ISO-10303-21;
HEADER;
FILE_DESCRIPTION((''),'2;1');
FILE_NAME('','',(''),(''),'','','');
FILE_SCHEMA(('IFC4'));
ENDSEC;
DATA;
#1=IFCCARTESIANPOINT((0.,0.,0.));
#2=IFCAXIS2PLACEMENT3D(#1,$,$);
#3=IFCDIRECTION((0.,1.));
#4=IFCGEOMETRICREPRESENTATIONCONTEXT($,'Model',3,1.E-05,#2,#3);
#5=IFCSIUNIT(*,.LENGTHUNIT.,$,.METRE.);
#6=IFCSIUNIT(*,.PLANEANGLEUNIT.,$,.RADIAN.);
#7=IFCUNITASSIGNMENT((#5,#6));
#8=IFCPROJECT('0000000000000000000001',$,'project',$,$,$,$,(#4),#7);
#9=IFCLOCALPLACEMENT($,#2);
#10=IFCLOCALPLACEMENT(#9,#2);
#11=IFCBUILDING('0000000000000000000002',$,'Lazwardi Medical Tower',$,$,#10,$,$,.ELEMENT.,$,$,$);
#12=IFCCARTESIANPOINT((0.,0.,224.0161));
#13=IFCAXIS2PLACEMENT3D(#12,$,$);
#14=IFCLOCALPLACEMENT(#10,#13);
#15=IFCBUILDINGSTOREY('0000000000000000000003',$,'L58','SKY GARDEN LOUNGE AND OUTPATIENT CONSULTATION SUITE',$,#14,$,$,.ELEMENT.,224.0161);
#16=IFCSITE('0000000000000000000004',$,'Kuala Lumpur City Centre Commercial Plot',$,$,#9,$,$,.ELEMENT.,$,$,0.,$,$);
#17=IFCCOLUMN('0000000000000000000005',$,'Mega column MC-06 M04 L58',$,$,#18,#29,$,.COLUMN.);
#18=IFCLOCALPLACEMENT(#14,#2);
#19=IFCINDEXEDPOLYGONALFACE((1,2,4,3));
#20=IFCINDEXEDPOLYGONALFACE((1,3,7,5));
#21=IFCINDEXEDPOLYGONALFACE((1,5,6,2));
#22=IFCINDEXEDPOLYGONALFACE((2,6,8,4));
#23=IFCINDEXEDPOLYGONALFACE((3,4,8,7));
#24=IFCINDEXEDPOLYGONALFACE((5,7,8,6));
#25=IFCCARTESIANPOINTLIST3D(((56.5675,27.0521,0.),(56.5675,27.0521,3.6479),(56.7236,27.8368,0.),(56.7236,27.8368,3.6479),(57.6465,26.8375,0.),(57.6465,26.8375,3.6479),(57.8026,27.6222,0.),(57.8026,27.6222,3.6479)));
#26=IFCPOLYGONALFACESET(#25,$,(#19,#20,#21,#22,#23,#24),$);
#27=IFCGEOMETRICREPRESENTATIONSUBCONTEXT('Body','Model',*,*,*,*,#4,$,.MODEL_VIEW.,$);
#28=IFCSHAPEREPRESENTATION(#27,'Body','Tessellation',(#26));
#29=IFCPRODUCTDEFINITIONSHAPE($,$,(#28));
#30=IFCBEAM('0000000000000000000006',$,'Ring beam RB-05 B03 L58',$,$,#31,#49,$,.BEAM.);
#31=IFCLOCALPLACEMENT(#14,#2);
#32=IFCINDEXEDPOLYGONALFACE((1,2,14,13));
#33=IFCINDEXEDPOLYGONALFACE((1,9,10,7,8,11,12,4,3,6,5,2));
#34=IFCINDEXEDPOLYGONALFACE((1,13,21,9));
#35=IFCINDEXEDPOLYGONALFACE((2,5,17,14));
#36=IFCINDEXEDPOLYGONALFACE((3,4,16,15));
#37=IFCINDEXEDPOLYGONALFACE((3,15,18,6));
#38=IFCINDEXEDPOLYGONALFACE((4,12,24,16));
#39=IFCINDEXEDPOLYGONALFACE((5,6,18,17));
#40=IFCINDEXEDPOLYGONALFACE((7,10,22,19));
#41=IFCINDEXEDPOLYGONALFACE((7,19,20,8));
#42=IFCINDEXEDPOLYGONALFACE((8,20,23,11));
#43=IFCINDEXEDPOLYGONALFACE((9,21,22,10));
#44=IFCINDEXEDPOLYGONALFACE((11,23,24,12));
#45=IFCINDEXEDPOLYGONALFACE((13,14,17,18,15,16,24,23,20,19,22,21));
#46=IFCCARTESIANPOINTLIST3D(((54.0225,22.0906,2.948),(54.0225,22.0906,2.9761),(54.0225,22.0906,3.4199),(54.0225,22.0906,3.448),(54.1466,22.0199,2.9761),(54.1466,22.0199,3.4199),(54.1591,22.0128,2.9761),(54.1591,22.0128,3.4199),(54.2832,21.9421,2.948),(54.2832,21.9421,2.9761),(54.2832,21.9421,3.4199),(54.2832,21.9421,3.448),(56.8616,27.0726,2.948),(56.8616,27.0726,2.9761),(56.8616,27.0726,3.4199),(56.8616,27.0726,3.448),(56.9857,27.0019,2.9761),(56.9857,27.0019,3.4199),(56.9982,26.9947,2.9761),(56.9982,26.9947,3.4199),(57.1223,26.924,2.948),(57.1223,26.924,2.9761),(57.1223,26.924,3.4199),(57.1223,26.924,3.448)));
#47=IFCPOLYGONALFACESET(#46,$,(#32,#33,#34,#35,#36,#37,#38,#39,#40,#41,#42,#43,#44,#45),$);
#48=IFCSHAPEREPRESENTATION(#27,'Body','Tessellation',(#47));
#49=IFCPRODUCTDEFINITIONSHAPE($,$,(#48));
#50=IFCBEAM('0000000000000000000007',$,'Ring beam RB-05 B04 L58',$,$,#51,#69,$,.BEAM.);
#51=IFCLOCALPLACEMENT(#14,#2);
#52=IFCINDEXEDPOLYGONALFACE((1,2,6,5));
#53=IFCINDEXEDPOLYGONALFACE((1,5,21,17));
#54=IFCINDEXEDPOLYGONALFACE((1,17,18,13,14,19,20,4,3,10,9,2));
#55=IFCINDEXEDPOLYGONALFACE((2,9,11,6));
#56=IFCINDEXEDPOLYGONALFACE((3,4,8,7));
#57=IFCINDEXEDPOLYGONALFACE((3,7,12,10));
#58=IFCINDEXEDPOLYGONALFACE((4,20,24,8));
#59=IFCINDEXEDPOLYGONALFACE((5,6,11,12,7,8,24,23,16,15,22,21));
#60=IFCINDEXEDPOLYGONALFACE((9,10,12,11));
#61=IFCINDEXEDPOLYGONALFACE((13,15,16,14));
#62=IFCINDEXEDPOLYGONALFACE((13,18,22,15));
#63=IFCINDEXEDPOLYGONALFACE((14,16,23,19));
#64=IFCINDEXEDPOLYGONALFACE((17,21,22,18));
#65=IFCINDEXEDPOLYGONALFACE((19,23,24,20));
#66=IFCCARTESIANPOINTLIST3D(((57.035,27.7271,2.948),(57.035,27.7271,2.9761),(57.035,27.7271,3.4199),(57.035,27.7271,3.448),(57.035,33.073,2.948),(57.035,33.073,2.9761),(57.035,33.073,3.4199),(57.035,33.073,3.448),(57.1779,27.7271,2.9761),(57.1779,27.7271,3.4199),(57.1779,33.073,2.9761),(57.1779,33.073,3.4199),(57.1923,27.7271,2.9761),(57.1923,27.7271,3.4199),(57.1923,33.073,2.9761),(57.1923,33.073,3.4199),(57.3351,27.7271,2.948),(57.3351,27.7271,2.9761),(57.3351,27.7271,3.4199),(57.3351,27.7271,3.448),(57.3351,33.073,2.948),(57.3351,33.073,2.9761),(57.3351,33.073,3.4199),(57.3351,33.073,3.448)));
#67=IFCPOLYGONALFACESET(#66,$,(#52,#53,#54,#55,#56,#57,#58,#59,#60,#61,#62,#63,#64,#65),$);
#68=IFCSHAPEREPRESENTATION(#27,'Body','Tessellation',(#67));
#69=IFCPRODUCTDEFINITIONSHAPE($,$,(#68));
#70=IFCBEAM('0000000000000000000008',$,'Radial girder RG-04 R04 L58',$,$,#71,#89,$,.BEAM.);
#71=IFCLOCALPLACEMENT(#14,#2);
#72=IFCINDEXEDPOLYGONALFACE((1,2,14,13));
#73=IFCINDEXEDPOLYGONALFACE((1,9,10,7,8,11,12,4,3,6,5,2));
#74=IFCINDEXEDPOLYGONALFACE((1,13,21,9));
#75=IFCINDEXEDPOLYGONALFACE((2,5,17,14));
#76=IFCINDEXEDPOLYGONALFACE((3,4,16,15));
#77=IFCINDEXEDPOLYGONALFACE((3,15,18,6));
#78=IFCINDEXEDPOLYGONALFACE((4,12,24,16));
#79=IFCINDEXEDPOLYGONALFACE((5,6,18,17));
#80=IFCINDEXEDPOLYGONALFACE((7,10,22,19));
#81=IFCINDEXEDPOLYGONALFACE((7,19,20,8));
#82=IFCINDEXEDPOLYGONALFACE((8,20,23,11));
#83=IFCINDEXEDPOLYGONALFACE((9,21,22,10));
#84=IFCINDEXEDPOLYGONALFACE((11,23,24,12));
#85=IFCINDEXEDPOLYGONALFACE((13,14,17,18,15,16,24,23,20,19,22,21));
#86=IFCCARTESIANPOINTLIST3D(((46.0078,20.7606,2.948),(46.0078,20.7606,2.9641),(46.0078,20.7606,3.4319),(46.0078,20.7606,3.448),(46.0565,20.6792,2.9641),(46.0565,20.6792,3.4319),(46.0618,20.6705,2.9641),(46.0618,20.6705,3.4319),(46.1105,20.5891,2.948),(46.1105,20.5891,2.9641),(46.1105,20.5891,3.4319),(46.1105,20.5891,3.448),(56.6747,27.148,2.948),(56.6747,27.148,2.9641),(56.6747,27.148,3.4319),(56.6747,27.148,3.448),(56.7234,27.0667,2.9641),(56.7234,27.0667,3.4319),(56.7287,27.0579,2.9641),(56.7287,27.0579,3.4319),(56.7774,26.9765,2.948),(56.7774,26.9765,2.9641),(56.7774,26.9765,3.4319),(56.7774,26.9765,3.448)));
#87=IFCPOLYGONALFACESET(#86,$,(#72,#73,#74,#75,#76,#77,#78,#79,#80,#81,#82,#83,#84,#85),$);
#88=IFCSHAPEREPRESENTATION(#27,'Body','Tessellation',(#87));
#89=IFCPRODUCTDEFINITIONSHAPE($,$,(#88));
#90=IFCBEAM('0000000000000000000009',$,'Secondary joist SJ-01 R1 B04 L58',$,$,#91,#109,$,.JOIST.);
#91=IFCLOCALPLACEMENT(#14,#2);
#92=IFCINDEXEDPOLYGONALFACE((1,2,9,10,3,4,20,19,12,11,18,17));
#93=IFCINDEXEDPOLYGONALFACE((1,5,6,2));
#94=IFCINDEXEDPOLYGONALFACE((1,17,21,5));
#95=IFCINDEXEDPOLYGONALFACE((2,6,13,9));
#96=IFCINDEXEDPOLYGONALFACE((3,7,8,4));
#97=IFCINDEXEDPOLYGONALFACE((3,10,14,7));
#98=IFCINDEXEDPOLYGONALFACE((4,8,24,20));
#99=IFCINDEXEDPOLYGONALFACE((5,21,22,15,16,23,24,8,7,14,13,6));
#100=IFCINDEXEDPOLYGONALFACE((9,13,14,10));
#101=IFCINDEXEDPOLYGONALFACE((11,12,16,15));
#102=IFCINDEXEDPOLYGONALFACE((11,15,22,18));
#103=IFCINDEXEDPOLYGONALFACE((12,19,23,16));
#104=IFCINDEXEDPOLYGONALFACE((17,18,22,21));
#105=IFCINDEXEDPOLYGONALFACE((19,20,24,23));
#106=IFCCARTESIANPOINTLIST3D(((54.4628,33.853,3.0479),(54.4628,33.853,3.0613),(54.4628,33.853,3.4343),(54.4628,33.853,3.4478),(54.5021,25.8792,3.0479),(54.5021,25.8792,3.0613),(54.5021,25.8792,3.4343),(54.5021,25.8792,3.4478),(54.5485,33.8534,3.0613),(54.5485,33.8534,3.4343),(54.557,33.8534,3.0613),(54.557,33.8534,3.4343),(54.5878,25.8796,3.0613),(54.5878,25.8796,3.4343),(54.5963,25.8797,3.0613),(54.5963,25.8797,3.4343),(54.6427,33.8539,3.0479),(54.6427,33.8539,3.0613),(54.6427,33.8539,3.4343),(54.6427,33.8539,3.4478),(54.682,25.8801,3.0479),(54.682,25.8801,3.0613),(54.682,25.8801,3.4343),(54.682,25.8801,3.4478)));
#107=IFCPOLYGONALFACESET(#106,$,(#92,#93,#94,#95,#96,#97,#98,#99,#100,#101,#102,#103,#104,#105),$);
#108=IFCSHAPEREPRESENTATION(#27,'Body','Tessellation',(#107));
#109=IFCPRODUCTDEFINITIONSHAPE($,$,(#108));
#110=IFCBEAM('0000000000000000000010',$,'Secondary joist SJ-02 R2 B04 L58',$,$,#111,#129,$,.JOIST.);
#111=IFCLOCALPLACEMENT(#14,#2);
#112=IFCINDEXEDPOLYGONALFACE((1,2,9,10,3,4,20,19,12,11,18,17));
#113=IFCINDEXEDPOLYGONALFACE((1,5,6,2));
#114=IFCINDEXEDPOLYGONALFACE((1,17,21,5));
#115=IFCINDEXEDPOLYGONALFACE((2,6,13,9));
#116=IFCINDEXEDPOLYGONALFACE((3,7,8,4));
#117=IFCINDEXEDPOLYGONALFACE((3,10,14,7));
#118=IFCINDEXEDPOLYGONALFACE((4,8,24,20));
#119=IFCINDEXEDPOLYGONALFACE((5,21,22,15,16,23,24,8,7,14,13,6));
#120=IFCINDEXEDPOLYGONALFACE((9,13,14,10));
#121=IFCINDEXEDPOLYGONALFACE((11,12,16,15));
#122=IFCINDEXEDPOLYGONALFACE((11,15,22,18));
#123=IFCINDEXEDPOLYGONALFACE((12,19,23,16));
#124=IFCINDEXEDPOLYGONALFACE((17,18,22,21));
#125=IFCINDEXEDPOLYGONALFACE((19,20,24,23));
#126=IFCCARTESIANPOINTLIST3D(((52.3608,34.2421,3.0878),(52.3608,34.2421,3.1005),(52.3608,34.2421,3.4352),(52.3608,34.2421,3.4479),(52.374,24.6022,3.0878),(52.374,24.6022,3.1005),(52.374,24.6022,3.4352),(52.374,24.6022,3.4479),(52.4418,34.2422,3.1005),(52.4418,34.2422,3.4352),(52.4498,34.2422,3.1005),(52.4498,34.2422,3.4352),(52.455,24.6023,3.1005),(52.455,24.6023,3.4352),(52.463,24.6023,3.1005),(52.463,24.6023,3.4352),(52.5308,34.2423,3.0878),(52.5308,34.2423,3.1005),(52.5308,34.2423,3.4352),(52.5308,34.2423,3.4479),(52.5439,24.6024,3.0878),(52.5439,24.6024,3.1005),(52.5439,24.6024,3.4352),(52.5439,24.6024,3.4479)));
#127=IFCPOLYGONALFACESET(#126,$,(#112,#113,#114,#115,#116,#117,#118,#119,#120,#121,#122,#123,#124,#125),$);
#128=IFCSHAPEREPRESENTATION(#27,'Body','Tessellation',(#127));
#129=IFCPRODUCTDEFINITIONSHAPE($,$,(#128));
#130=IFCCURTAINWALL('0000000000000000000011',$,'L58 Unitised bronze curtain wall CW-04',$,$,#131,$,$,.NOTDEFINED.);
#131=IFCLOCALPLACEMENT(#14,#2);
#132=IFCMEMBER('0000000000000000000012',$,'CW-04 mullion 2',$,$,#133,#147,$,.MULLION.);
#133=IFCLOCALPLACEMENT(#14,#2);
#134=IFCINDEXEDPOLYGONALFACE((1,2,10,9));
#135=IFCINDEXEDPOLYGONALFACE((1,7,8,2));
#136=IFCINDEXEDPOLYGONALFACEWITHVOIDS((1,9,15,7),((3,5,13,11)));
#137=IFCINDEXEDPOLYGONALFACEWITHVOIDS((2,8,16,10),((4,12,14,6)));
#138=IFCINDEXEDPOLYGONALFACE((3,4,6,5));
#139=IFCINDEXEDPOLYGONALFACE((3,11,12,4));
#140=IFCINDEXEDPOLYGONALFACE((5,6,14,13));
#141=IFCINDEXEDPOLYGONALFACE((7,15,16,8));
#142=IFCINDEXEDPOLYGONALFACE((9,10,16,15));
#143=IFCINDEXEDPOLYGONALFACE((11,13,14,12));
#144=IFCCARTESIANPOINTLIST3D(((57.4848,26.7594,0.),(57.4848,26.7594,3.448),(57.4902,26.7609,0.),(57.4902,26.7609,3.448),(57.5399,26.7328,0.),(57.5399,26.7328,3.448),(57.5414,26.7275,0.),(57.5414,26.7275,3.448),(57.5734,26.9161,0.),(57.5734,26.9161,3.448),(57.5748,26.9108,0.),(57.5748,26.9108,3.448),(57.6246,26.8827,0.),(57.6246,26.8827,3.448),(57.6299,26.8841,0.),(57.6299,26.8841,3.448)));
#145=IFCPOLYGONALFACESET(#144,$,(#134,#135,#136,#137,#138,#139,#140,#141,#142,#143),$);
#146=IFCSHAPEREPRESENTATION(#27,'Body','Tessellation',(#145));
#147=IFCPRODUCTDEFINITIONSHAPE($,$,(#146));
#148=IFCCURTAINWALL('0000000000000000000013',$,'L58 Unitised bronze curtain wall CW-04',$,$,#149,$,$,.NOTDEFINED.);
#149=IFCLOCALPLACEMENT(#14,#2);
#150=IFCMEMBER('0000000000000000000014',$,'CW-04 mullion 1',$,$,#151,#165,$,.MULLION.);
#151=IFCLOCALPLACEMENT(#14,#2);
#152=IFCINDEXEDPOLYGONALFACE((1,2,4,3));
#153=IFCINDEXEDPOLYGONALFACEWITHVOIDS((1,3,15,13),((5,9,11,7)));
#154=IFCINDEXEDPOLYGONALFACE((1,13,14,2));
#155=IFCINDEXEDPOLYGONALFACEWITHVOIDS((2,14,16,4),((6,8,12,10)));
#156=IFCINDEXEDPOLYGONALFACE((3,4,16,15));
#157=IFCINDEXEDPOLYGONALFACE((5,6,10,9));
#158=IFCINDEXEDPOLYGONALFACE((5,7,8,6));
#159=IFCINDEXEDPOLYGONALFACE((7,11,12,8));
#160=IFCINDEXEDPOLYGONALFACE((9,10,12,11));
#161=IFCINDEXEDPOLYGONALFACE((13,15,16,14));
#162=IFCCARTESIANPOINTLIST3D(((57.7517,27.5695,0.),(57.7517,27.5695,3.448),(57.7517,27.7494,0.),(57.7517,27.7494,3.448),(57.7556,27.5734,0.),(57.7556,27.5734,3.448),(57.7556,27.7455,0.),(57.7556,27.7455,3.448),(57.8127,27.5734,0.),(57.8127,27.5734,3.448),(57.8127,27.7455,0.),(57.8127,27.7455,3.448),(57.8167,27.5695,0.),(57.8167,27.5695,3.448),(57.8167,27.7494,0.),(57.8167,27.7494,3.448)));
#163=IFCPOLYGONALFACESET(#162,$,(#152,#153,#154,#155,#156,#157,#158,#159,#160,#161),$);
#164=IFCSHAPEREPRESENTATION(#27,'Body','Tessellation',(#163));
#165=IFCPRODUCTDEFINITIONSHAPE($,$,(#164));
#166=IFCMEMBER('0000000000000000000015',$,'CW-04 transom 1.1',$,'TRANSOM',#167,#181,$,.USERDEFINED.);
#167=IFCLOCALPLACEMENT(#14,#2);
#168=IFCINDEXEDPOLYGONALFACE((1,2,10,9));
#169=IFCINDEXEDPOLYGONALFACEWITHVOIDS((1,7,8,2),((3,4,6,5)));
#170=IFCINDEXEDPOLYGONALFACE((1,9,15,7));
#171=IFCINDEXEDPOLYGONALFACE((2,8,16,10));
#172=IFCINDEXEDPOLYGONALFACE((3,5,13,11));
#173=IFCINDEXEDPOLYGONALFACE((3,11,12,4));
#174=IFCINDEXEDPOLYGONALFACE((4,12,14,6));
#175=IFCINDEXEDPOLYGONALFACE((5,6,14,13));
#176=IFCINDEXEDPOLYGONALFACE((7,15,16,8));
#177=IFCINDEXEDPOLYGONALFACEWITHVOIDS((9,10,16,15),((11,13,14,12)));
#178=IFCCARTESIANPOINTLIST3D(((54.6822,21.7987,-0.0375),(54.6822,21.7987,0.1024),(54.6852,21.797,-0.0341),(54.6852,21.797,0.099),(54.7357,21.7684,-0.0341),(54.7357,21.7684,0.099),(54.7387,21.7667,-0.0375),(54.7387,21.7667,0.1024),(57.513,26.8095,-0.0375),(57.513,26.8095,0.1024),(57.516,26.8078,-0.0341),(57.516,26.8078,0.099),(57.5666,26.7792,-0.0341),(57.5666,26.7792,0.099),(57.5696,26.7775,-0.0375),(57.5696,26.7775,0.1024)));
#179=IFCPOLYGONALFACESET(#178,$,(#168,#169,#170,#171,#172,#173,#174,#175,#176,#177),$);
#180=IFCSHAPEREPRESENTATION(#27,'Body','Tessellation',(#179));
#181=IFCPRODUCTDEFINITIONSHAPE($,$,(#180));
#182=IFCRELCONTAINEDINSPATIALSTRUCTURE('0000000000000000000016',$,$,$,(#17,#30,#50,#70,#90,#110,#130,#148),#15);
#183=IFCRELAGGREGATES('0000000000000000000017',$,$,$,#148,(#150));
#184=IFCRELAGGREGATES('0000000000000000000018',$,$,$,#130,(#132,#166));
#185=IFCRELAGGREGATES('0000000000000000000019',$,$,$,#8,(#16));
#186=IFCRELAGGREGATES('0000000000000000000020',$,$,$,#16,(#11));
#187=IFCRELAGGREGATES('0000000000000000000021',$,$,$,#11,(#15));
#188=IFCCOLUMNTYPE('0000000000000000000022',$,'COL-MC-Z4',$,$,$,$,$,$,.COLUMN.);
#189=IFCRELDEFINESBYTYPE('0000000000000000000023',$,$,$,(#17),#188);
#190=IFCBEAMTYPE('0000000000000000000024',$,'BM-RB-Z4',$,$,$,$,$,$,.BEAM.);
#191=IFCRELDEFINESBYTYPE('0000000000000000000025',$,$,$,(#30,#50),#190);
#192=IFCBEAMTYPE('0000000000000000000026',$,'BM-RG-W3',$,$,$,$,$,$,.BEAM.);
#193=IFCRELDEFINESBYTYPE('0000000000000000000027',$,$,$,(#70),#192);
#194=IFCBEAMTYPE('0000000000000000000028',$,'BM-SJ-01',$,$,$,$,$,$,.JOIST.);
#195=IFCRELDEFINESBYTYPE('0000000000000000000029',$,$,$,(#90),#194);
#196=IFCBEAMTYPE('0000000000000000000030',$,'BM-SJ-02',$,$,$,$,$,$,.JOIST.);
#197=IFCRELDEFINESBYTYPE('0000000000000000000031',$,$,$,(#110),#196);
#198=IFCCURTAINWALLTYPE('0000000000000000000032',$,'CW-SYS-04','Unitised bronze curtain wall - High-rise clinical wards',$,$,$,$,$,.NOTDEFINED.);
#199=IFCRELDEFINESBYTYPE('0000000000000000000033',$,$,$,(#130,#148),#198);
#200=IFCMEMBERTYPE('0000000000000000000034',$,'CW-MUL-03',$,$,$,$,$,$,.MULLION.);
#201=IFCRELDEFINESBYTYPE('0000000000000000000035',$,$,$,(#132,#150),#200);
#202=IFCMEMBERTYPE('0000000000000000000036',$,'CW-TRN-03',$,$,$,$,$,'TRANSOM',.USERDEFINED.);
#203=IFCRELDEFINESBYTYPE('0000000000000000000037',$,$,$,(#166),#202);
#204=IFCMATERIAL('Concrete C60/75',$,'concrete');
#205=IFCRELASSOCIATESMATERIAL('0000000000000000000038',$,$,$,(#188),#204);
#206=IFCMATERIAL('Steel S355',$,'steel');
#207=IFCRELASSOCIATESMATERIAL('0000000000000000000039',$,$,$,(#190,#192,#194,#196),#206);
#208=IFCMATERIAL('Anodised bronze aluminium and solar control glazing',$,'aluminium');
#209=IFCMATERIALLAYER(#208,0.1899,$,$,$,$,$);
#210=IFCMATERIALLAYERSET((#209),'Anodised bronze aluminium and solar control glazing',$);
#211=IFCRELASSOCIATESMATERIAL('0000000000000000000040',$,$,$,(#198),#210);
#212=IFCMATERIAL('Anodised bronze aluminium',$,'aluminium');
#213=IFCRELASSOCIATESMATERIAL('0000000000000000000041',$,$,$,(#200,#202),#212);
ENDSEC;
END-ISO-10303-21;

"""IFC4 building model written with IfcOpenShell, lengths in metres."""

from ifc_helpers import new_model, si_unit, direction, frame, origin, origin_2d, place, context, subcontext, project, spatial, rectangle, hollow_rectangle, i_section, extrude, material, layer, layer_set, material_profile, profile_set, type_object, element, aggregate, save


model = new_model("IFC4")

# Units and contexts
model_context = context("Model", 3, precision=1e-05, world=origin(), true_north=direction((0.0, 1.0)))
body_context = subcontext(model_context, "Body", "Model", "MODEL_VIEW")
ifc_project = project(units=[si_unit("LENGTHUNIT", "METRE"), si_unit("PLANEANGLEUNIT", "RADIAN")], contexts=[model_context])

# Site, building, storey
site_placement = place(None, origin())
site = spatial("IfcSite", under=ifc_project, at=site_placement, Name="Kuala Lumpur City Centre Commercial Plot", CompositionType="ELEMENT", RefElevation=0.0)
building_placement = place(site_placement, origin())
building = spatial("IfcBuilding", under=site, at=building_placement, Name="Lazwardi Medical Tower", CompositionType="ELEMENT")
storey_placement = place(building_placement, frame((0.0, 0.0, 224.0161)))
storey = spatial("IfcBuildingStorey", under=building, at=storey_placement, Name="L58", Description="SKY GARDEN LOUNGE AND OUTPATIENT CONSULTATION SUITE", CompositionType="ELEMENT", Elevation=224.0161)

# Column
ifc_material_1 = material(Name="Concrete C60/75", Category="concrete")
ifc_material_profile_1 = material_profile(ifc_material_1, rectangle(XDim=1.1001, YDim=0.8, at=origin_2d()), Name="CFT-RECT 1100x800")
ifc_profile_set_1 = profile_set([ifc_material_profile_1], Name="Concrete C60/75")
column_type = type_object("IfcColumnType", Name="COL-MC-Z4", PredefinedType="COLUMN", material=ifc_profile_set_1)
column_placement = place(storey_placement, frame((57.1851, 27.3372, 0.0), z_axis=(0.0, 0.0, 1.0), x_axis=(0.980785, -0.19509, 0.0)))
element("IfcColumn", 1, at=column_placement, inside=storey, type_object=column_type, Name="Mega column MC-06 M04 L58", PredefinedType="COLUMN", context=body_context, shape_type="SweptSolid", body=[
    extrude(rectangle(XDim=1.1001, YDim=0.8, at=origin_2d()), origin(), (0.0, 0.0, 1.0), 3.6479),
])

# Beams
ifc_material_2 = material(Name="Steel S355", Category="steel")
ifc_material_profile_2 = material_profile(ifc_material_2, i_section(OverallWidth=0.3, OverallDepth=0.5, WebThickness=0.0144, FlangeThickness=0.0281, at=origin_2d()), Name="HEB 500")
ifc_profile_set_2 = profile_set([ifc_material_profile_2], Name="Steel S355")
beam_type_1 = type_object("IfcBeamType", Name="BM-RB-Z4", PredefinedType="BEAM", material=ifc_profile_set_2)
beam_1_placement = place(storey_placement, frame((54.1528, 22.0164, 3.198), z_axis=(0.495125, 0.868822, 0.0), x_axis=(-0.868822, 0.495125, 0.0)))
element("IfcBeam", 2, at=beam_1_placement, inside=storey, type_object=beam_type_1, Name="Ring beam RB-05 B03 L58", PredefinedType="BEAM", context=body_context, shape_type="SweptSolid", body=[
    extrude(i_section(OverallWidth=0.3, OverallDepth=0.5, WebThickness=0.0144, FlangeThickness=0.0281, at=origin_2d()), origin(), (0.0, 0.0, 1.0), 5.7341),
])
beam_2_placement = place(storey_placement, frame((57.1851, 27.7271, 3.198), z_axis=(0.0, 1.0, 0.0), x_axis=(-1.0, 0.0, 0.0)))
element("IfcBeam", 3, at=beam_2_placement, inside=storey, type_object=beam_type_1, Name="Ring beam RB-05 B04 L58", PredefinedType="BEAM", context=body_context, shape_type="SweptSolid", body=[
    extrude(i_section(OverallWidth=0.3, OverallDepth=0.5, WebThickness=0.0144, FlangeThickness=0.0281, at=origin_2d()), origin(), (0.0, 0.0, 1.0), 5.3459),
])
ifc_material_profile_3 = material_profile(ifc_material_2, i_section(OverallWidth=0.2, OverallDepth=0.5, WebThickness=0.0103, FlangeThickness=0.0161, at=origin_2d()), Name="IPE 500")
ifc_profile_set_3 = profile_set([ifc_material_profile_3], Name="Steel S355")
beam_type_2 = type_object("IfcBeamType", Name="BM-RG-W3", PredefinedType="BEAM", material=ifc_profile_set_3)
beam_3_placement = place(storey_placement, frame((56.7261, 27.0623, 3.198), z_axis=(-0.857945, -0.513742, 0.0), x_axis=(0.513742, -0.857945, 0.0)))
element("IfcBeam", 4, at=beam_3_placement, inside=storey, type_object=beam_type_2, Name="Radial girder RG-04 R04 L58", PredefinedType="BEAM", context=body_context, shape_type="SweptSolid", body=[
    extrude(i_section(OverallWidth=0.2, OverallDepth=0.5, WebThickness=0.0103, FlangeThickness=0.0161, at=origin_2d()), origin(), (0.0, 0.0, 1.0), 12.4331),
])
ifc_material_profile_4 = material_profile(ifc_material_2, i_section(OverallWidth=0.1799, OverallDepth=0.3999, WebThickness=0.0085, FlangeThickness=0.0134, at=origin_2d()), Name="IPE 400")
ifc_profile_set_4 = profile_set([ifc_material_profile_4], Name="Steel S355")
beam_type_3 = type_object("IfcBeamType", Name="BM-SJ-01", PredefinedType="JOIST", material=ifc_profile_set_4)
beam_4_placement = place(storey_placement, frame((54.592, 25.8796, 3.2478), z_axis=(-0.004929, 0.999988, 0.0), x_axis=(-0.999988, -0.004929, 0.0)))
element("IfcBeam", 5, at=beam_4_placement, inside=storey, type_object=beam_type_3, Name="Secondary joist SJ-01 R1 B04 L58", PredefinedType="JOIST", context=body_context, shape_type="SweptSolid", body=[
    extrude(i_section(OverallWidth=0.1799, OverallDepth=0.3999, WebThickness=0.0085, FlangeThickness=0.0134, at=origin_2d()), origin(), (0.0, 0.0, 1.0), 7.9739),
])
ifc_material_profile_5 = material_profile(ifc_material_2, i_section(OverallWidth=0.1699, OverallDepth=0.3601, WebThickness=0.0081, FlangeThickness=0.0127, at=origin_2d()), Name="IPE 360")
ifc_profile_set_5 = profile_set([ifc_material_profile_5], Name="Steel S355")
beam_type_4 = type_object("IfcBeamType", Name="BM-SJ-02", PredefinedType="JOIST", material=ifc_profile_set_5)
beam_5_placement = place(storey_placement, frame((52.459, 24.6023, 3.2678), z_axis=(-0.001368, 0.999999, 0.0), x_axis=(-0.999999, -0.001368, 0.0)))
element("IfcBeam", 6, at=beam_5_placement, inside=storey, type_object=beam_type_4, Name="Secondary joist SJ-02 R2 B04 L58", PredefinedType="JOIST", context=body_context, shape_type="SweptSolid", body=[
    extrude(i_section(OverallWidth=0.1699, OverallDepth=0.3601, WebThickness=0.0081, FlangeThickness=0.0127, at=origin_2d()), origin(), (0.0, 0.0, 1.0), 9.6399),
])

# Curtain walls, members
ifc_material_3 = material(Name="Anodised bronze aluminium and solar control glazing", Category="aluminium")
ifc_layer_1 = layer(ifc_material_3, 0.1899)
ifc_layer_set_1 = layer_set([ifc_layer_1], Name="Anodised bronze aluminium and solar control glazing")
curtain_wall_type = type_object("IfcCurtainWallType", Name="CW-SYS-04", Description="Unitised bronze curtain wall - High-rise clinical wards", PredefinedType="NOTDEFINED", material=ifc_layer_set_1)
curtain_wall_1_placement = place(storey_placement, origin())
curtain_wall_1 = element("IfcCurtainWall", 7, at=curtain_wall_1_placement, inside=storey, type_object=curtain_wall_type, Name="L58 Unitised bronze curtain wall CW-04", PredefinedType="NOTDEFINED")
ifc_material_4 = material(Name="Anodised bronze aluminium", Category="aluminium")
ifc_material_profile_6 = material_profile(ifc_material_4, hollow_rectangle(XDim=0.0649, YDim=0.1799, WallThickness=0.0039, at=origin_2d()), Name="ALU-MULLION 180x65x4")
ifc_profile_set_6 = profile_set([ifc_material_profile_6], Name="Anodised bronze aluminium")
member_type_1 = type_object("IfcMemberType", Name="CW-MUL-03", PredefinedType="MULLION", material=ifc_profile_set_6)
member_1_placement = place(storey_placement, frame((57.5574, 26.8218, 0.0), z_axis=(0.0, 0.0, 1.0), x_axis=(-0.870651, 0.4919, 0.0)))
member_1 = element("IfcMember", 8, at=member_1_placement, type_object=member_type_1, Name="CW-04 mullion 2", PredefinedType="MULLION", context=body_context, shape_type="SweptSolid", body=[
    extrude(hollow_rectangle(XDim=0.0649, YDim=0.1799, WallThickness=0.0039, at=origin_2d()), origin(), (0.0, 0.0, 1.0), 3.448),
])
curtain_wall_2_placement = place(storey_placement, origin())
curtain_wall_2 = element("IfcCurtainWall", 9, at=curtain_wall_2_placement, inside=storey, type_object=curtain_wall_type, Name="L58 Unitised bronze curtain wall CW-04", PredefinedType="NOTDEFINED")
member_2_placement = place(storey_placement, frame((57.7842, 27.6594, 0.0), z_axis=(0.0, 0.0, 1.0), x_axis=(-1.0, 0.0, 0.0)))
member_2 = element("IfcMember", 10, at=member_2_placement, type_object=member_type_1, Name="CW-04 mullion 1", PredefinedType="MULLION", context=body_context, shape_type="SweptSolid", body=[
    extrude(hollow_rectangle(XDim=0.0649, YDim=0.1799, WallThickness=0.0039, at=origin_2d()), origin(), (0.0, 0.0, 1.0), 3.448),
])

# Member
ifc_material_profile_7 = material_profile(ifc_material_4, hollow_rectangle(XDim=0.0649, YDim=0.1399, WallThickness=0.0034, at=origin_2d()), Name="ALU-TRANSOM 140x65x3.5")
ifc_profile_set_7 = profile_set([ifc_material_profile_7], Name="Anodised bronze aluminium")
member_type_2 = type_object("IfcMemberType", Name="CW-TRN-03", ElementType="TRANSOM", PredefinedType="USERDEFINED", material=ifc_profile_set_7)
member_3_placement = place(storey_placement, frame((54.7104, 21.7827, 0.0325), z_axis=(0.49188, 0.870663, 0.0), x_axis=(-0.870663, 0.49188, 0.0)))
member_3 = element("IfcMember", 11, at=member_3_placement, type_object=member_type_2, Name="CW-04 transom 1.1", ObjectType="TRANSOM", PredefinedType="USERDEFINED", context=body_context, shape_type="SweptSolid", body=[
    extrude(hollow_rectangle(XDim=0.0649, YDim=0.1399, WallThickness=0.0034, at=origin_2d()), origin(), (0.0, 0.0, 1.0), 5.7551),
])
aggregate(curtain_wall_2, [member_2])

aggregate(curtain_wall_1, [member_1, member_3])

save(model, "model.ifc")
